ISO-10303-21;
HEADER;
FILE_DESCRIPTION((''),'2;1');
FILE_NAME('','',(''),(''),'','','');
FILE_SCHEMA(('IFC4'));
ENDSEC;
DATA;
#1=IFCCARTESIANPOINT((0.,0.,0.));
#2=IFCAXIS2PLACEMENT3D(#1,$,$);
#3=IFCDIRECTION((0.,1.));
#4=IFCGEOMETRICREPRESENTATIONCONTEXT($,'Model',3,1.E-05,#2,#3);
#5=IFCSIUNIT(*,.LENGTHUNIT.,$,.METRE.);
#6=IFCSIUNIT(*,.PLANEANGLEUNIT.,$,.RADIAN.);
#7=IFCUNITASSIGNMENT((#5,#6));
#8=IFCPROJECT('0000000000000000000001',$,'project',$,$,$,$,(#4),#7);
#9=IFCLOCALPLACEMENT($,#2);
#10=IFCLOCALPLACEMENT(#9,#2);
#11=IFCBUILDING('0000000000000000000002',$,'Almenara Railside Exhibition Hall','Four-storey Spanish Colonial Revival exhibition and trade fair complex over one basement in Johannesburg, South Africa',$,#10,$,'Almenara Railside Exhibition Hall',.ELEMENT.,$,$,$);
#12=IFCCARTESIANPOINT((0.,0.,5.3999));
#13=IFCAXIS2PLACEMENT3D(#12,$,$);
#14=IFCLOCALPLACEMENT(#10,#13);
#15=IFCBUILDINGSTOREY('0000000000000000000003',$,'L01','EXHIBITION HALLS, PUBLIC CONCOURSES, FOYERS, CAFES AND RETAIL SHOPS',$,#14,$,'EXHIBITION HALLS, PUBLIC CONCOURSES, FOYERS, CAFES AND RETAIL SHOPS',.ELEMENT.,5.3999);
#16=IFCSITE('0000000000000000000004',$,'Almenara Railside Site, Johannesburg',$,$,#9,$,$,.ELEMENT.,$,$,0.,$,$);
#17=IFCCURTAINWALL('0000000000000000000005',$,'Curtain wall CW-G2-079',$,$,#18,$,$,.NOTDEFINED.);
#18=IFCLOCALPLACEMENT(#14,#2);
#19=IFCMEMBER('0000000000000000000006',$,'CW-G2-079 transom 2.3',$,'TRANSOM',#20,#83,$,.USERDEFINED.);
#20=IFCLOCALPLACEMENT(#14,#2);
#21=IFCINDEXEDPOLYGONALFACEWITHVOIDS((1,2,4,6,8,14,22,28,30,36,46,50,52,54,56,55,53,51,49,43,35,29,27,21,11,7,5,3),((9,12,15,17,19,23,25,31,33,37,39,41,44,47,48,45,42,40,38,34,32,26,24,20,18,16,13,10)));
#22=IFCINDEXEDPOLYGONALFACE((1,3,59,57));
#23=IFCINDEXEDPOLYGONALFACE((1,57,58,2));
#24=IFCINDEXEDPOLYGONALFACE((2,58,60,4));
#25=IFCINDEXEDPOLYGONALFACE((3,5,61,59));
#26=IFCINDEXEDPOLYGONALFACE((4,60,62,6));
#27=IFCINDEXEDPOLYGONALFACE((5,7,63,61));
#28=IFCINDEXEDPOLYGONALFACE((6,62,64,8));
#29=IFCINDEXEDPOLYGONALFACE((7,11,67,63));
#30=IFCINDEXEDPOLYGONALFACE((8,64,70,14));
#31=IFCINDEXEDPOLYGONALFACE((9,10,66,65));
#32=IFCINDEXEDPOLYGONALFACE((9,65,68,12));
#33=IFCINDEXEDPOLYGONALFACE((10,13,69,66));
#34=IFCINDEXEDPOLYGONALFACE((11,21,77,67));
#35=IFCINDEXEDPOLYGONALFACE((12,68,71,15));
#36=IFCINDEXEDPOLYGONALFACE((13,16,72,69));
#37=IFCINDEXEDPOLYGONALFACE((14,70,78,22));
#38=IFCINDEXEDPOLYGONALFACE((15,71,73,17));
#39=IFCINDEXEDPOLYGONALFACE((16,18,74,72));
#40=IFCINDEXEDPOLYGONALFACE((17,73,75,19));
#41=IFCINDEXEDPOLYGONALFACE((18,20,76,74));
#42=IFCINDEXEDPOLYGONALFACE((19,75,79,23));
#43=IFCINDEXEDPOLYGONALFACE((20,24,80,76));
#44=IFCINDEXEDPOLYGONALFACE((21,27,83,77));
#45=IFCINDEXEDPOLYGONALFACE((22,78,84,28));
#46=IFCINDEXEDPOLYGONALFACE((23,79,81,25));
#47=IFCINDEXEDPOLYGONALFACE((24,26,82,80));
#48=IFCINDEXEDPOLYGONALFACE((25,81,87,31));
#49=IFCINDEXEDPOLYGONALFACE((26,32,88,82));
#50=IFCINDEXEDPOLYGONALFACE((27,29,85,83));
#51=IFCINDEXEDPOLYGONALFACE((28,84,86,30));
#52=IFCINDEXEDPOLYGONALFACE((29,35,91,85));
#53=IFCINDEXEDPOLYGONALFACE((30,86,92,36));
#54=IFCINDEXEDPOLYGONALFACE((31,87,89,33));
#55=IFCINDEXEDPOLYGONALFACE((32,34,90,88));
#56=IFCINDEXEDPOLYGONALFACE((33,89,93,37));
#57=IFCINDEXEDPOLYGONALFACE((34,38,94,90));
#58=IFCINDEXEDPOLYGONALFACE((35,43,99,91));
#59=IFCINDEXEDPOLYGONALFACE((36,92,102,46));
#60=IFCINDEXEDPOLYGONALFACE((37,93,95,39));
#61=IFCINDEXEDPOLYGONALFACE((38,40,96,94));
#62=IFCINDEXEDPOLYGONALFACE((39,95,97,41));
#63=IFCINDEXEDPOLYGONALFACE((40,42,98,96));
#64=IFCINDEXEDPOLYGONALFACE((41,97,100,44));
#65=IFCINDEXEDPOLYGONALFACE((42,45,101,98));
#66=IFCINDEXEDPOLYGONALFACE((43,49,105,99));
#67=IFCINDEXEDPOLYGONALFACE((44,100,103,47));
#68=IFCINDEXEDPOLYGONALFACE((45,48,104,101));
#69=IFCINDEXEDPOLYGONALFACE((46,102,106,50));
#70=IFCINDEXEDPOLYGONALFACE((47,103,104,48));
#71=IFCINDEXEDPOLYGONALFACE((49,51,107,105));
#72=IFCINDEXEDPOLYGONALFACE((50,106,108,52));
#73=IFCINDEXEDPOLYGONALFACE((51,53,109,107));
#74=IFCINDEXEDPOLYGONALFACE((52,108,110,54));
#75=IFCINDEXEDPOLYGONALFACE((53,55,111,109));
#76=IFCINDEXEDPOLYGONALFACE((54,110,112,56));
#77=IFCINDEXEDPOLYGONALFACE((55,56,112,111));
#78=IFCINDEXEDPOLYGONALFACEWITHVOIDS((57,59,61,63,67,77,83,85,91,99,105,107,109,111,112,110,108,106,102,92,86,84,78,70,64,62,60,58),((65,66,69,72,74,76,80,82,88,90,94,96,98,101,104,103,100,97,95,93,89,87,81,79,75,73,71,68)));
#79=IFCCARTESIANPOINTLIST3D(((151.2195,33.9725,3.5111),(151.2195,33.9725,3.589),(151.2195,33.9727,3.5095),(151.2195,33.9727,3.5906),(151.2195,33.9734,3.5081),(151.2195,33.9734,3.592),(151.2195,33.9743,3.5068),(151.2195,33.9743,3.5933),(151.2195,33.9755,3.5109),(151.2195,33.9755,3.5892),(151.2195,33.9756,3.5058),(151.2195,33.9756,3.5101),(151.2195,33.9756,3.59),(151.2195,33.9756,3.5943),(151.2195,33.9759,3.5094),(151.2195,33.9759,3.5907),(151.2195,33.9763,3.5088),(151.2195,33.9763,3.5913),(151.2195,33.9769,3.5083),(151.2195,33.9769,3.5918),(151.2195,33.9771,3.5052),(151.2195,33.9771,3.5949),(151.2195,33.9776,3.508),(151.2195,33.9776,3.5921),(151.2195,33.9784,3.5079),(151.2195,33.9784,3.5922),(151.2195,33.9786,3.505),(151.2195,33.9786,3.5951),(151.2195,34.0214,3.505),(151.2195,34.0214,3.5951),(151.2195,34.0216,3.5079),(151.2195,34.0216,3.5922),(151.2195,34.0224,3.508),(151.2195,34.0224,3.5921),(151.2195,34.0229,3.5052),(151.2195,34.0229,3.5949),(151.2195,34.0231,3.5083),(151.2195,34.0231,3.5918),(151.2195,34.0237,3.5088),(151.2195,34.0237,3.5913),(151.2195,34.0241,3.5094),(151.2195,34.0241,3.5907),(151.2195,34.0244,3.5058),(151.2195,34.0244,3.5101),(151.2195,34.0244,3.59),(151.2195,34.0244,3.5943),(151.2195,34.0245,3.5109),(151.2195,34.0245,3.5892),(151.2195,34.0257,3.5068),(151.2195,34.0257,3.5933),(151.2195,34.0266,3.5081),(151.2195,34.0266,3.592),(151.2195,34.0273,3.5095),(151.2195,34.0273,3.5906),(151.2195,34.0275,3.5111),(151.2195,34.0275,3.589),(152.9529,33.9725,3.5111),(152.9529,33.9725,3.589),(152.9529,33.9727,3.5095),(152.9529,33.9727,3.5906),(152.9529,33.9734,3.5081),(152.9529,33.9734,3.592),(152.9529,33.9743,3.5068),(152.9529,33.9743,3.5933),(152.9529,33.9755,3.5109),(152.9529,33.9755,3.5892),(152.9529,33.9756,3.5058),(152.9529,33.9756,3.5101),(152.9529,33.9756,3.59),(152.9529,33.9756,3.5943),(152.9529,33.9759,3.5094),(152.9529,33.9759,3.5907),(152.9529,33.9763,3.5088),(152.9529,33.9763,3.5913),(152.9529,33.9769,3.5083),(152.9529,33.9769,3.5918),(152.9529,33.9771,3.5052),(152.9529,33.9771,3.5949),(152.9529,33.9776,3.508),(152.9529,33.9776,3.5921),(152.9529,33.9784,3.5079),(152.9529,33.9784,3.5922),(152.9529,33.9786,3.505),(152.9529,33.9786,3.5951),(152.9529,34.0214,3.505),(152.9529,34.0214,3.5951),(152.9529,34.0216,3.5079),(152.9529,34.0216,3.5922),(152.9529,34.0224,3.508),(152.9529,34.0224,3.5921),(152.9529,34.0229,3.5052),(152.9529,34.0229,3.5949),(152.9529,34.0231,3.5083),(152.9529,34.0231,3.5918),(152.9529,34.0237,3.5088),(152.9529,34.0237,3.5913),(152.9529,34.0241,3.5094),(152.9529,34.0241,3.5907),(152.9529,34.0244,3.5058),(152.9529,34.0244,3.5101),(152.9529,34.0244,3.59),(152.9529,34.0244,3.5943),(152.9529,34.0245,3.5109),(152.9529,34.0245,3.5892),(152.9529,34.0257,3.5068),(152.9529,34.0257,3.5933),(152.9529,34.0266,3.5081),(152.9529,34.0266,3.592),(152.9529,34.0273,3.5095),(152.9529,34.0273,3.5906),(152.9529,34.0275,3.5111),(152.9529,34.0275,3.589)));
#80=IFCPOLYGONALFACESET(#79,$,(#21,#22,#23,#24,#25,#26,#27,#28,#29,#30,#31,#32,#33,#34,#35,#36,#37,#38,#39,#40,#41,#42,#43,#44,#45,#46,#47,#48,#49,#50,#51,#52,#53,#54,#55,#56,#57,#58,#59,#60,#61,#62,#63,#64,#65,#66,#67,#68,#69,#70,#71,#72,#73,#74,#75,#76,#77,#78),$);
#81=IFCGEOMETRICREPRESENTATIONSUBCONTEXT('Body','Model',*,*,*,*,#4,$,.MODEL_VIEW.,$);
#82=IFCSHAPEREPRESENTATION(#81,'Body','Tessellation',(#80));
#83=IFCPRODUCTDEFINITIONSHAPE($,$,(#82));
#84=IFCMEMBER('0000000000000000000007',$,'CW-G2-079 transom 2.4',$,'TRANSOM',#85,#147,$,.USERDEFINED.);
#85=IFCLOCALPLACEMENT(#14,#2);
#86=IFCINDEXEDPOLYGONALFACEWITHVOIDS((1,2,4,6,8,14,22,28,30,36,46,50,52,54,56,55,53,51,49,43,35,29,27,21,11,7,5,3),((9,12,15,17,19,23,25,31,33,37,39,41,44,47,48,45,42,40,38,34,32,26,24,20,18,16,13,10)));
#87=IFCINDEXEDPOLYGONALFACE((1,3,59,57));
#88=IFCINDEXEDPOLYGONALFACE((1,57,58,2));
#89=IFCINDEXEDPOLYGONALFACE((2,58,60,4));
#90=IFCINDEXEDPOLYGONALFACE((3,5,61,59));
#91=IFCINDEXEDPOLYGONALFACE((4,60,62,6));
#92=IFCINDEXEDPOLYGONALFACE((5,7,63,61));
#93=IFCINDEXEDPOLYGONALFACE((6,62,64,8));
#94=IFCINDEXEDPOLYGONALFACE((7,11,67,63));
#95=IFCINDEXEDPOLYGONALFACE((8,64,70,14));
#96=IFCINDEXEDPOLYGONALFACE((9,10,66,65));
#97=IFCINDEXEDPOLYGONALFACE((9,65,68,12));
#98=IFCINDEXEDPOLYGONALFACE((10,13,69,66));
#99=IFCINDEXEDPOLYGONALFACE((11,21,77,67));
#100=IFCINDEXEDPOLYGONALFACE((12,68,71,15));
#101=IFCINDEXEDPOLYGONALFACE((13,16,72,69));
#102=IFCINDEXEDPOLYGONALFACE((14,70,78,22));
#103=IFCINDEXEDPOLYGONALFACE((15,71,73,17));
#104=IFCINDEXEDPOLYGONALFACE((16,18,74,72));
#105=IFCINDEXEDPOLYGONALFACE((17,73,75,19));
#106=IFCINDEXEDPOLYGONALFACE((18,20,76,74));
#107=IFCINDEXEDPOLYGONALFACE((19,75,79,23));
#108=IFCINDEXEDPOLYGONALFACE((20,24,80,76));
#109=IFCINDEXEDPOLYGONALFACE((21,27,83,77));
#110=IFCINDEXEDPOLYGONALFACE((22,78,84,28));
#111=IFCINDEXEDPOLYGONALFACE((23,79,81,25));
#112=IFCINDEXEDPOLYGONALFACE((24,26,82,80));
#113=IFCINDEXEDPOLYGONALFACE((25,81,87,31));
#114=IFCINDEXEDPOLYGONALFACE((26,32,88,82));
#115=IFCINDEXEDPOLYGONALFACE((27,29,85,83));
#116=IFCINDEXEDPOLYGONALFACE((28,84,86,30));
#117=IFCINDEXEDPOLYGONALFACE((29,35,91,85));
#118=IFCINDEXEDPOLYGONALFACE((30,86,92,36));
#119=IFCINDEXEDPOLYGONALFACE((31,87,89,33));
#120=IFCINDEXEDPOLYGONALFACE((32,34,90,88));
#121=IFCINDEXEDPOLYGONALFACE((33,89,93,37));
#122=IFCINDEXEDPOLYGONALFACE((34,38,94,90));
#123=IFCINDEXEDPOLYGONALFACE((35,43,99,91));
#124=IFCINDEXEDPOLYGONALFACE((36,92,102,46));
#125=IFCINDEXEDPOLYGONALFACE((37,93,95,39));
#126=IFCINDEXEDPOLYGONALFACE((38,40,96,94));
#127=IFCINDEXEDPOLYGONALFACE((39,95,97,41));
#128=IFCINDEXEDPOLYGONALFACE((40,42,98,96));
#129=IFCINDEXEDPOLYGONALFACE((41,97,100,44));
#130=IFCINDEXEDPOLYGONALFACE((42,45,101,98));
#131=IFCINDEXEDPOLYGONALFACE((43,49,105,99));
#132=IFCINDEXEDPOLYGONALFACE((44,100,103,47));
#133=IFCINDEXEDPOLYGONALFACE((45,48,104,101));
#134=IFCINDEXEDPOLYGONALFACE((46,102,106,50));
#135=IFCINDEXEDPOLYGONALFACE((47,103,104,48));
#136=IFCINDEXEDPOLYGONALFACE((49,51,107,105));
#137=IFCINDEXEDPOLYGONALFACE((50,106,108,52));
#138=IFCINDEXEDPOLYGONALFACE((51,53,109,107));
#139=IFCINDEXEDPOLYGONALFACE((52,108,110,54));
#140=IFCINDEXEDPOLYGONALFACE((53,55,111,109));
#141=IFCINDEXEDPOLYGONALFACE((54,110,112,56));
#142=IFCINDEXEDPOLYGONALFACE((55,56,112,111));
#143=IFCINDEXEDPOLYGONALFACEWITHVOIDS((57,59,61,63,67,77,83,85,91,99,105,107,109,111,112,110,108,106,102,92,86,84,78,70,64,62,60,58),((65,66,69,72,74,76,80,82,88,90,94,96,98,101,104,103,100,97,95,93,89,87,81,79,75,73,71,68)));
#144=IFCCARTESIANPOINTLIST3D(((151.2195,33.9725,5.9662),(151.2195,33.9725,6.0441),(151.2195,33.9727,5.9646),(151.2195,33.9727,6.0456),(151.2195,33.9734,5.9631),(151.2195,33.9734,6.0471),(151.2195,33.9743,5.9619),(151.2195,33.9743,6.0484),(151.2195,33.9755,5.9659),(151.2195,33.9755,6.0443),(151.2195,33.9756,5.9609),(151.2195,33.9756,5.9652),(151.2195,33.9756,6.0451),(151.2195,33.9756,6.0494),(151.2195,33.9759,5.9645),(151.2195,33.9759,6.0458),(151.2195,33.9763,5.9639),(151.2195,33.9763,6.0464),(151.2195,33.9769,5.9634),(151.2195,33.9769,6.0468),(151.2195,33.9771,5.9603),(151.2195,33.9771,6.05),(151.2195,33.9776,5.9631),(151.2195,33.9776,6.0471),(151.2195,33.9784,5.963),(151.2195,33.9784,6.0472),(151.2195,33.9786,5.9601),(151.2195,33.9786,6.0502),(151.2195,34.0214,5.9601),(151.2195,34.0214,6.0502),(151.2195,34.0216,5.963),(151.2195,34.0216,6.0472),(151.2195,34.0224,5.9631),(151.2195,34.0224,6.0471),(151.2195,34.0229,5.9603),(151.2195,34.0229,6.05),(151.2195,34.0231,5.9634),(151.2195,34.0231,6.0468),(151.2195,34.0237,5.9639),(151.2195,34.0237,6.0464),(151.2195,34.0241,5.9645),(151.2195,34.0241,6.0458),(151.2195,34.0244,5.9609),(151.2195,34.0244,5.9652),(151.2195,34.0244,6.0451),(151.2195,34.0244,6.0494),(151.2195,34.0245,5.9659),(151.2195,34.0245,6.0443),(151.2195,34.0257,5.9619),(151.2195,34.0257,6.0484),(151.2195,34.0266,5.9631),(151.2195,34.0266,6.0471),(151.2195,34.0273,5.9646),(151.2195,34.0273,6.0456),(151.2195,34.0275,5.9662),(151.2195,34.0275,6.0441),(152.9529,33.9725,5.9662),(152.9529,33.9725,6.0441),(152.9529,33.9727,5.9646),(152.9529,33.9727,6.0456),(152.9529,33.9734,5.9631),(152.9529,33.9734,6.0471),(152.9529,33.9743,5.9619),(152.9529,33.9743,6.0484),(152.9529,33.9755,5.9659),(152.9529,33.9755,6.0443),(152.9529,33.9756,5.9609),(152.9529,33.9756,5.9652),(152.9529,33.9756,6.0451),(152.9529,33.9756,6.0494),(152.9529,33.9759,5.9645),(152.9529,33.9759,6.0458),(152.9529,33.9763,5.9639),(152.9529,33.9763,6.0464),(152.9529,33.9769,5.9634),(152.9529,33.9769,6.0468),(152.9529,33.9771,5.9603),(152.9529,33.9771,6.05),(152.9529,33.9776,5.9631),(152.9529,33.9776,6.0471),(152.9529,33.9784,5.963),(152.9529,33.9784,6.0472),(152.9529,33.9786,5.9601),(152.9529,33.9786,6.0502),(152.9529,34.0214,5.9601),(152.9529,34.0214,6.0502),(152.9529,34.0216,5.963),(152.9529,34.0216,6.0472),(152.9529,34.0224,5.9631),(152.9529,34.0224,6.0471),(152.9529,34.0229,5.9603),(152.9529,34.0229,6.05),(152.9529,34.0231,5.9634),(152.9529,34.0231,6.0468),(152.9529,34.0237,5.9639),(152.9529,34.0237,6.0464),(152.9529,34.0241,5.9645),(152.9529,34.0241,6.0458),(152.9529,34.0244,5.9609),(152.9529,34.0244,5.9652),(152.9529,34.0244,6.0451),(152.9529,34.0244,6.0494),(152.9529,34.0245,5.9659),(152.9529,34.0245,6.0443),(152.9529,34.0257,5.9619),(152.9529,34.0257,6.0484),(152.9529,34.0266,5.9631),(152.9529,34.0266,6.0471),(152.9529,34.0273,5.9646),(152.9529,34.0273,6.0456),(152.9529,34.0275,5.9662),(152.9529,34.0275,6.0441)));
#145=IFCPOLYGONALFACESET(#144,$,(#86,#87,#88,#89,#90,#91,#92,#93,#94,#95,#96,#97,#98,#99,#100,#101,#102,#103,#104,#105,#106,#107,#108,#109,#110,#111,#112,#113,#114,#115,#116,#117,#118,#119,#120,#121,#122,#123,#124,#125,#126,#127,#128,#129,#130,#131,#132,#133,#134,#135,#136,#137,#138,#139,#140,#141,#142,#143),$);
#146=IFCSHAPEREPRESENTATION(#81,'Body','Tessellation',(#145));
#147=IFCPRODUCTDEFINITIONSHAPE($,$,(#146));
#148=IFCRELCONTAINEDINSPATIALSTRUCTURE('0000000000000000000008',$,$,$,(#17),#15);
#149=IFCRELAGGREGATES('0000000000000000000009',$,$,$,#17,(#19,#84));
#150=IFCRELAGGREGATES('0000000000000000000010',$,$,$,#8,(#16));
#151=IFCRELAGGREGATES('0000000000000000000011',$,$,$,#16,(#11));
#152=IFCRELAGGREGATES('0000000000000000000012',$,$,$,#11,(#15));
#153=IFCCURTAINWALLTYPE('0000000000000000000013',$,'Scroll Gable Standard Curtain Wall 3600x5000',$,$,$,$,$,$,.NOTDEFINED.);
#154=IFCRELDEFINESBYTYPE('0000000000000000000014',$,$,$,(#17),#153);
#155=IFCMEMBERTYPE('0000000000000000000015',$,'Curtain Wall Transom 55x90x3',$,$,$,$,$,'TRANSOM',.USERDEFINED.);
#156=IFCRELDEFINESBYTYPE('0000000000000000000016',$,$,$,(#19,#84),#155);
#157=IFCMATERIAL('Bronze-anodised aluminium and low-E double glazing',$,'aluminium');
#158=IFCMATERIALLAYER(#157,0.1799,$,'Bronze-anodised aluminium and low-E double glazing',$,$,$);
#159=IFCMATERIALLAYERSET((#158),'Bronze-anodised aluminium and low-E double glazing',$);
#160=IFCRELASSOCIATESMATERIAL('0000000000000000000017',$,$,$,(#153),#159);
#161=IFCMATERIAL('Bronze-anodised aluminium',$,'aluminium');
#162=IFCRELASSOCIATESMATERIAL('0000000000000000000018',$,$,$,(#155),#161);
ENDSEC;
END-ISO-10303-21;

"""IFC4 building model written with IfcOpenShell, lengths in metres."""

from ifc_helpers import new_model, si_unit, direction, frame, origin, origin_2d, place, context, subcontext, project, spatial, hollow_rectangle, extrude, material, layer, layer_set, material_profile, profile_set, type_object, element, aggregate, save


model = new_model("IFC4")

# Units and contexts
model_context = context("Model", 3, precision=1e-05, world=origin(), true_north=direction((0.0, 1.0)))
body_context = subcontext(model_context, "Body", "Model", "MODEL_VIEW")
ifc_project = project(units=[si_unit("LENGTHUNIT", "METRE"), si_unit("PLANEANGLEUNIT", "RADIAN")], contexts=[model_context])

# Site, building, storey
site_placement = place(None, origin())
site = spatial("IfcSite", under=ifc_project, at=site_placement, Name="Almenara Railside Site, Johannesburg", CompositionType="ELEMENT", RefElevation=0.0)
building_placement = place(site_placement, origin())
building = spatial("IfcBuilding", under=site, at=building_placement, Name="Almenara Railside Exhibition Hall", Description="Four-storey Spanish Colonial Revival exhibition and trade fair complex over one basement in Johannesburg, South Africa", LongName="Almenara Railside Exhibition Hall", CompositionType="ELEMENT")
storey_placement = place(building_placement, frame((0.0, 0.0, 5.3999)))
storey = spatial("IfcBuildingStorey", under=building, at=storey_placement, Name="L01", Description="EXHIBITION HALLS, PUBLIC CONCOURSES, FOYERS, CAFES AND RETAIL SHOPS", LongName="EXHIBITION HALLS, PUBLIC CONCOURSES, FOYERS, CAFES AND RETAIL SHOPS", CompositionType="ELEMENT", Elevation=5.3999)

# Curtain wall
ifc_material_1 = material(Name="Bronze-anodised aluminium and low-E double glazing", Category="aluminium")
ifc_layer_1 = layer(ifc_material_1, 0.1799, Name="Bronze-anodised aluminium and low-E double glazing")
ifc_layer_set_1 = layer_set([ifc_layer_1], Name="Bronze-anodised aluminium and low-E double glazing")
curtain_wall_type_1 = type_object("IfcCurtainWallType", Name="Scroll Gable Standard Curtain Wall 3600x5000", PredefinedType="NOTDEFINED", material=ifc_layer_set_1)
curtain_wall_1_placement = place(storey_placement, origin())
curtain_wall_1 = element("IfcCurtainWall", 1, at=curtain_wall_1_placement, inside=storey, type_object=curtain_wall_type_1, Name="Curtain wall CW-G2-079", PredefinedType="NOTDEFINED")
ifc_material_2 = material(Name="Bronze-anodised aluminium", Category="aluminium")

# Members
ifc_material_profile_1 = material_profile(ifc_material_2, hollow_rectangle(XDim=0.0549, YDim=0.0901, WallThickness=0.0029, InnerFilletRadius=0.0029, OuterFilletRadius=0.0061, at=origin_2d()), Name="ALU-TRN 55x90x3")
ifc_profile_set_1 = profile_set([ifc_material_profile_1], Name="Bronze-anodised aluminium")
member_type_1 = type_object("IfcMemberType", Name="Curtain Wall Transom 55x90x3", ElementType="TRANSOM", PredefinedType="USERDEFINED", material=ifc_profile_set_1)
member_1_placement = place(storey_placement, frame((151.2195, 34.0, 3.55), z_axis=(1.0, 0.0, 0.0), x_axis=(0.0, 1.0, 0.0)))
member_1 = element("IfcMember", 2, at=member_1_placement, type_object=member_type_1, Name="CW-G2-079 transom 2.3", ObjectType="TRANSOM", PredefinedType="USERDEFINED", context=body_context, shape_type="SweptSolid", body=[
    extrude(hollow_rectangle(XDim=0.0549, YDim=0.0901, WallThickness=0.0029, InnerFilletRadius=0.0029, OuterFilletRadius=0.0061, at=origin_2d()), origin(), (0.0, 0.0, 1.0), 1.7334),
])
member_2_placement = place(storey_placement, frame((151.2195, 34.0, 6.0051), z_axis=(1.0, 0.0, 0.0), x_axis=(0.0, 1.0, 0.0)))
member_2 = element("IfcMember", 3, at=member_2_placement, type_object=member_type_1, Name="CW-G2-079 transom 2.4", ObjectType="TRANSOM", PredefinedType="USERDEFINED", context=body_context, shape_type="SweptSolid", body=[
    extrude(hollow_rectangle(XDim=0.0549, YDim=0.0901, WallThickness=0.0029, InnerFilletRadius=0.0029, OuterFilletRadius=0.0061, at=origin_2d()), origin(), (0.0, 0.0, 1.0), 1.7334),
])

aggregate(curtain_wall_1, [member_1, member_2])

save(model, "model.ifc")
